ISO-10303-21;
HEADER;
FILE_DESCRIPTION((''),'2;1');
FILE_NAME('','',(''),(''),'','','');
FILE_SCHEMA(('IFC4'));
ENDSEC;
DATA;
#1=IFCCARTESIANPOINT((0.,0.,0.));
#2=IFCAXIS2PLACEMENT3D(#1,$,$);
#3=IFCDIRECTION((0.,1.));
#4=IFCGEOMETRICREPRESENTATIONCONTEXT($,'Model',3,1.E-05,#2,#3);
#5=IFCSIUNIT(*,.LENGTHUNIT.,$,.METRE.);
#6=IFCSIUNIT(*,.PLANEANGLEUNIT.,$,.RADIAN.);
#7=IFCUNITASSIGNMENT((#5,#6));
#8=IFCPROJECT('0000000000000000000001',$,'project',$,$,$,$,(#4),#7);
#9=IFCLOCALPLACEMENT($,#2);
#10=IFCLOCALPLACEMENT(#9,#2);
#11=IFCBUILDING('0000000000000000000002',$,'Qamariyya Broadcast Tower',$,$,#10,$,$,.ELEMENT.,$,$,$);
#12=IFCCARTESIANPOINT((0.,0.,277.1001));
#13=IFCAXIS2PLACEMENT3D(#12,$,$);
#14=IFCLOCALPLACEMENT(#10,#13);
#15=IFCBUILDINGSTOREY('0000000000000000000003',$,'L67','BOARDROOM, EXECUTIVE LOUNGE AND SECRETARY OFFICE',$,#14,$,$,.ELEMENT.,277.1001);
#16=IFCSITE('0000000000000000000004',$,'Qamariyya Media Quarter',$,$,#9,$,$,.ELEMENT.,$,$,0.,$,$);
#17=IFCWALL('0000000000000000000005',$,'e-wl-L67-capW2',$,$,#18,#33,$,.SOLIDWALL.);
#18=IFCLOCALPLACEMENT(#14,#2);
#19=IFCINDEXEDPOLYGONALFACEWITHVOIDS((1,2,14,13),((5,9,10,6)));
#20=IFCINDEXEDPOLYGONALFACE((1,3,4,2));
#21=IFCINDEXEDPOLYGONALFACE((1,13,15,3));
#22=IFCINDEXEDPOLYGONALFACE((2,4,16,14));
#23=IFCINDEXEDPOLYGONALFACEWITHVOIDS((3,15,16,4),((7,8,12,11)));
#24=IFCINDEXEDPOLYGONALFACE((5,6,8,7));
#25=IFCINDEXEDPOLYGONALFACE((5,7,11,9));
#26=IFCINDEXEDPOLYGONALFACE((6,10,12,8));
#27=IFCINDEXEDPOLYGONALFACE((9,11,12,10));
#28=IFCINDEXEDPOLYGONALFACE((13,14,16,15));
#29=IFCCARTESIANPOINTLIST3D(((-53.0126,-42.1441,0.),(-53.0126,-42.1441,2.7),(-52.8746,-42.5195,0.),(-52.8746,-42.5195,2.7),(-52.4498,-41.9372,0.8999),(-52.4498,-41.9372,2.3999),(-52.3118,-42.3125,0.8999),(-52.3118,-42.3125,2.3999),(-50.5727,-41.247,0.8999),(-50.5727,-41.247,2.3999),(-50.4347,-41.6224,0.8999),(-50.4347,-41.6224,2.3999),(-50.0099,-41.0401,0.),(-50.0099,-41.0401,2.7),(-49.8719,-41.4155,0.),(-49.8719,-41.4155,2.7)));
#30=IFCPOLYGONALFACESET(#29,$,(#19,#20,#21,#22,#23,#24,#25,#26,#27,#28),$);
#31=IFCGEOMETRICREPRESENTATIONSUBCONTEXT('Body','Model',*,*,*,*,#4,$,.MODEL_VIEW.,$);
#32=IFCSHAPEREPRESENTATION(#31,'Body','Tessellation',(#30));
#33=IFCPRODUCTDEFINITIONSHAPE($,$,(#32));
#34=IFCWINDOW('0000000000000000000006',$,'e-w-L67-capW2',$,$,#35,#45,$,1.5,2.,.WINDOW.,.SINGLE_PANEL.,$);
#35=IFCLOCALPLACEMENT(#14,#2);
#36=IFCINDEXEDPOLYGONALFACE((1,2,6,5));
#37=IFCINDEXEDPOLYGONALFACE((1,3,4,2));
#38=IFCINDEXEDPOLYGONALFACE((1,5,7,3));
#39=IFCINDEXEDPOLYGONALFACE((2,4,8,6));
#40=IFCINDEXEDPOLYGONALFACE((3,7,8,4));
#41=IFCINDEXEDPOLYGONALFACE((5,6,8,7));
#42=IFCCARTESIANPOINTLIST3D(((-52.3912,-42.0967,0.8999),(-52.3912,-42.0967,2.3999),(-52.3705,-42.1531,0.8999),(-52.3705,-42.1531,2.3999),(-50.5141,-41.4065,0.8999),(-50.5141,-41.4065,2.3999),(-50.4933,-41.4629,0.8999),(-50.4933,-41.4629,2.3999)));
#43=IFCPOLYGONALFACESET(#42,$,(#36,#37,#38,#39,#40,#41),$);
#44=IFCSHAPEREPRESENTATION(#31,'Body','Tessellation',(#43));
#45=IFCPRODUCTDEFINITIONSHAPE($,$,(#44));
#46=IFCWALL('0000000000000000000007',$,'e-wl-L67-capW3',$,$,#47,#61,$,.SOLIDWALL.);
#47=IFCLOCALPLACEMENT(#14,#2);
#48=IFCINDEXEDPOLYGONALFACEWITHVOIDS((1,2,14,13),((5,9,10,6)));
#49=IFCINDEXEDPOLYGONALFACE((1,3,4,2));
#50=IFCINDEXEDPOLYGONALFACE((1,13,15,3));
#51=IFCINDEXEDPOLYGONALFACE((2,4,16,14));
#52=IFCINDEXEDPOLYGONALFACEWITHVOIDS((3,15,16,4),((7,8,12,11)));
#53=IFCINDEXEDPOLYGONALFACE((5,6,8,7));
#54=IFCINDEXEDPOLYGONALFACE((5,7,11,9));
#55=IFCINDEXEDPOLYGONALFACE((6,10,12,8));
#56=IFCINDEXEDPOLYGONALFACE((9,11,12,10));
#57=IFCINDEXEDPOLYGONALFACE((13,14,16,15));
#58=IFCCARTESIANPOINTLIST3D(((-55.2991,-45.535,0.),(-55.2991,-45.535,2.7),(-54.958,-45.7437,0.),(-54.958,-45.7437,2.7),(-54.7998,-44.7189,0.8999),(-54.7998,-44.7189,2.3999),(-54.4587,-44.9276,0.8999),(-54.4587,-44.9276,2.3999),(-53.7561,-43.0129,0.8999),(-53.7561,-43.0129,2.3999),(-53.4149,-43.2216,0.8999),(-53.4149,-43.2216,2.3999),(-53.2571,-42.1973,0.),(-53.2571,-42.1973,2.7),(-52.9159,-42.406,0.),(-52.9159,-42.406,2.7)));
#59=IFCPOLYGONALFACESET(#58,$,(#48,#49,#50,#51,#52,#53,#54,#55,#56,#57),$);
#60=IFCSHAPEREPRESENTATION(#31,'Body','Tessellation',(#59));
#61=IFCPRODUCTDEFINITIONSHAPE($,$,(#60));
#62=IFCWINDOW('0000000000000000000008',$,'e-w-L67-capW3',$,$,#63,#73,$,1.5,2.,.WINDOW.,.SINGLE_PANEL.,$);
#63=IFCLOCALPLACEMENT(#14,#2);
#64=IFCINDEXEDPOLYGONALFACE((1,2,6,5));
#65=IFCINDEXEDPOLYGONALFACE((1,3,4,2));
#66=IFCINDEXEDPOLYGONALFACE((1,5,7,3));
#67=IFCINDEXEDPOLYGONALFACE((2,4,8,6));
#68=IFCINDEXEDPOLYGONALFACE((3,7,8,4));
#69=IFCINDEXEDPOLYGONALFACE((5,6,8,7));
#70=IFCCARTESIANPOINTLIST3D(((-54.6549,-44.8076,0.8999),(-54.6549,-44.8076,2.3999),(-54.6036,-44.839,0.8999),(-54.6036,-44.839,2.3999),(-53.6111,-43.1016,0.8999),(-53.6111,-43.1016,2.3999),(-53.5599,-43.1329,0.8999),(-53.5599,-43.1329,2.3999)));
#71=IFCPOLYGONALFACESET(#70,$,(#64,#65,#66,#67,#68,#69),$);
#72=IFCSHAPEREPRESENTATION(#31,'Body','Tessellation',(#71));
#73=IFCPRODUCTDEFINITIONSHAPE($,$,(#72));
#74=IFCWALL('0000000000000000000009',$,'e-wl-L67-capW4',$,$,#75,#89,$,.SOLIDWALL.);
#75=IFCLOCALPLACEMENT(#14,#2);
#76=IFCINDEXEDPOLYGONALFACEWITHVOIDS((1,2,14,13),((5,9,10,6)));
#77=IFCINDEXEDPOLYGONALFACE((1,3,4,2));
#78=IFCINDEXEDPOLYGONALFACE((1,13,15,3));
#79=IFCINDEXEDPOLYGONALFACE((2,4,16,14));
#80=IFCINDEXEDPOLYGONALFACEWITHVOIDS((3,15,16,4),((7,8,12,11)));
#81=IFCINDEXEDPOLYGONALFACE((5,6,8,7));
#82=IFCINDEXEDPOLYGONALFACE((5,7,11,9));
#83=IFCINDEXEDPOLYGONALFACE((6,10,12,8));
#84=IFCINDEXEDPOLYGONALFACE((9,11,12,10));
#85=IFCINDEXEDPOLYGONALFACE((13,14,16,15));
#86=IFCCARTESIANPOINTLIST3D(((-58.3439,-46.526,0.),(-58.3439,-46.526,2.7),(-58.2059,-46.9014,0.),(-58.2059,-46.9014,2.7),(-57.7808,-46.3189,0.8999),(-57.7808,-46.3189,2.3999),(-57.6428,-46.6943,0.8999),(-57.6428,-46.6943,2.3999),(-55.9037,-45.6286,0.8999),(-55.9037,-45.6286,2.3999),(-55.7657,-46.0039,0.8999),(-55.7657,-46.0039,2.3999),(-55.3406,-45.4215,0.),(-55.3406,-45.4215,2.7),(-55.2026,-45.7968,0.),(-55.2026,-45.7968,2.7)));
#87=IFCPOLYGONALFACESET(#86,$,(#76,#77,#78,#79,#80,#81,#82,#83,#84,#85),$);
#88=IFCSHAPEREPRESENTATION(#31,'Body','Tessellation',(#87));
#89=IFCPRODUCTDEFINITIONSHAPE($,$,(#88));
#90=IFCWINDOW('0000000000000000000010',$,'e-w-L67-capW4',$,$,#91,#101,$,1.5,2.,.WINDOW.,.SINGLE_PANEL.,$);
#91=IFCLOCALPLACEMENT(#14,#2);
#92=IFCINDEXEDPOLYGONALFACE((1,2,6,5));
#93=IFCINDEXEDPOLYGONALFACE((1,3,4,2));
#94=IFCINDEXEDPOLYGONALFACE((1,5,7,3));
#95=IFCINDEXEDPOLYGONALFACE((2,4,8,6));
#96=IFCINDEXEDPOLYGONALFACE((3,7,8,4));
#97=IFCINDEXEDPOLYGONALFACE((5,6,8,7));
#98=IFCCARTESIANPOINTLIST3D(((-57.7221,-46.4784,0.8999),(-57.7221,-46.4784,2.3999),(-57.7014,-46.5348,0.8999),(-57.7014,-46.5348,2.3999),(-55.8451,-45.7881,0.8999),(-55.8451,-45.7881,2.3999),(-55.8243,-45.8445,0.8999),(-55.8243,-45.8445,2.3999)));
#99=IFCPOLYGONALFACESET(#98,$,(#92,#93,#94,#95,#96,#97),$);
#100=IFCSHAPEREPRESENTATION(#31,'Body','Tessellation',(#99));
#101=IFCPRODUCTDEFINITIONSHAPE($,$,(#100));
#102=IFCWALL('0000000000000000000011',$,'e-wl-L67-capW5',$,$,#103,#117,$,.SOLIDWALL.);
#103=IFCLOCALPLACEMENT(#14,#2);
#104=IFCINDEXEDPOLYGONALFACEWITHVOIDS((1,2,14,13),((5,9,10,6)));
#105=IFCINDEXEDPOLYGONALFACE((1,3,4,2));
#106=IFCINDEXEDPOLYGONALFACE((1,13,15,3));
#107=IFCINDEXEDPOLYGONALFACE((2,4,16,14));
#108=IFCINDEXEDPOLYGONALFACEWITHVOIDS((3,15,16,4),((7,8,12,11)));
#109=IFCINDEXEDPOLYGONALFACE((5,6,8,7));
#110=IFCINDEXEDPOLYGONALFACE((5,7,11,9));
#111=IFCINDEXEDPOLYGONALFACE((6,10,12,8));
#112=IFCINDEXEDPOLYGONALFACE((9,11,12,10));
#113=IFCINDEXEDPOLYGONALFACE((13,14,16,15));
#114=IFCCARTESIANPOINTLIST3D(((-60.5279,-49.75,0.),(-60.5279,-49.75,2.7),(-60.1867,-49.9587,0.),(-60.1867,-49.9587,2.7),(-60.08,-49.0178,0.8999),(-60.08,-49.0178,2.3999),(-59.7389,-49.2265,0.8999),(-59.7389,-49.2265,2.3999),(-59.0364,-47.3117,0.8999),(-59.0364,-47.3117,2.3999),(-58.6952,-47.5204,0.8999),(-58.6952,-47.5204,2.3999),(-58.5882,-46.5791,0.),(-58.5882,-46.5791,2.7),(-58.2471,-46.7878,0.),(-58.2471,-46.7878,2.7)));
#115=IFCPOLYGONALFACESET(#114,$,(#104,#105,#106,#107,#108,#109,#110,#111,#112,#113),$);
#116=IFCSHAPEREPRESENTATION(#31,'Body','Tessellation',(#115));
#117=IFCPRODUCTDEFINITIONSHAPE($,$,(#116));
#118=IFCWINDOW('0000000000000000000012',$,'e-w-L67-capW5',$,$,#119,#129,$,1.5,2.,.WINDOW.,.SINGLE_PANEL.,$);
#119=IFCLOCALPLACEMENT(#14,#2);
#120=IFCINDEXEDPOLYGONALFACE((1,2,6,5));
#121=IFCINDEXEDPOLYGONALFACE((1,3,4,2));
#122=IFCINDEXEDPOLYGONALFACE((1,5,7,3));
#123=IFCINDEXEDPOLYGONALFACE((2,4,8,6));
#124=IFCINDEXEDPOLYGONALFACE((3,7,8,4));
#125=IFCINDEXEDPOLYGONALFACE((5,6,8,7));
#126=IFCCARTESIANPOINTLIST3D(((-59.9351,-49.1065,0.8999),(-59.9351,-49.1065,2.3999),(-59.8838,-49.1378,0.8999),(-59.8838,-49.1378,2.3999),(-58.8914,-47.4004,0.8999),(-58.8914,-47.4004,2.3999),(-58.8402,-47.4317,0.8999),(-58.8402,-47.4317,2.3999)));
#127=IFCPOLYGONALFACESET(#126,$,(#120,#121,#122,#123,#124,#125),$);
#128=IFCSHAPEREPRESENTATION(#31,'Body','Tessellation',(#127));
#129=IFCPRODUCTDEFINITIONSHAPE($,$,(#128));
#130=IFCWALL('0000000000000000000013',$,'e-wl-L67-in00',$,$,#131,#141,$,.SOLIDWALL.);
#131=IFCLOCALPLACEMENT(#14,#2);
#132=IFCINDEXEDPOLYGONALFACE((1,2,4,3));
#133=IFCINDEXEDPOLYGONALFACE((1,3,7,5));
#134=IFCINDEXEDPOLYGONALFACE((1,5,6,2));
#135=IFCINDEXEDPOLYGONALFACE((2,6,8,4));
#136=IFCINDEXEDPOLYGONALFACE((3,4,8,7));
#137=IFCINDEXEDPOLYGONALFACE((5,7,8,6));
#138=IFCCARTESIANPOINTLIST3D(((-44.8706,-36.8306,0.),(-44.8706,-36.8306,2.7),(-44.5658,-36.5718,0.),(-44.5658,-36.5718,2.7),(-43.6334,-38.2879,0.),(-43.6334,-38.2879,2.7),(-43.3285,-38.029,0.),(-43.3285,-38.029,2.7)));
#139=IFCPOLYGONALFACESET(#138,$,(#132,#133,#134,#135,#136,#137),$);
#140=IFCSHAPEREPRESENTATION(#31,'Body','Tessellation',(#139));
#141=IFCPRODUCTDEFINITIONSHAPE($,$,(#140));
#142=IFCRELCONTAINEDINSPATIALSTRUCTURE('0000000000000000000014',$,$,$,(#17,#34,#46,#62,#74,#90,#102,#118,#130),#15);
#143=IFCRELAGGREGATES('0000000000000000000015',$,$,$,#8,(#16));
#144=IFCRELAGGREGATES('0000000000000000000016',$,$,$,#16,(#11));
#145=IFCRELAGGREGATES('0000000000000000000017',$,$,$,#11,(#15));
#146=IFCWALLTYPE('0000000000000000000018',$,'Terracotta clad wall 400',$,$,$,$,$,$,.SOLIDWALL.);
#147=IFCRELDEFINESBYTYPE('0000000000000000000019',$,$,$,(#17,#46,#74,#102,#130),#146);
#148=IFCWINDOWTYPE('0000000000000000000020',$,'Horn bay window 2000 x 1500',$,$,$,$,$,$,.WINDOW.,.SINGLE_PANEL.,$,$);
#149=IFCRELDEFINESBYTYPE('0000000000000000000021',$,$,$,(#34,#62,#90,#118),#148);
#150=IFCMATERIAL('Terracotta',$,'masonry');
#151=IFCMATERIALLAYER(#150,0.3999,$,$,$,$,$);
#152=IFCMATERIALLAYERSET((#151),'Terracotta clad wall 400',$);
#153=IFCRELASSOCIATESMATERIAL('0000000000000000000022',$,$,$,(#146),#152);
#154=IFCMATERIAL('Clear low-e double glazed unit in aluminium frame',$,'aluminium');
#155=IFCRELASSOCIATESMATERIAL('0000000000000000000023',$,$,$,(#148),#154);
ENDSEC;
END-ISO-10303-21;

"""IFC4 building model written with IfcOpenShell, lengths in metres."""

from ifc_helpers import new_model, si_unit, direction, frame, frame_2d, origin, place, context, subcontext, project, spatial, rectangle, extrude, material, layer, layer_set, type_object, element, fill, save


model = new_model("IFC4")

# Units and contexts
model_context = context("Model", 3, precision=1e-05, world=origin(), true_north=direction((0.0, 1.0)))
body_context = subcontext(model_context, "Body", "Model", "MODEL_VIEW")
ifc_project = project(units=[si_unit("LENGTHUNIT", "METRE"), si_unit("PLANEANGLEUNIT", "RADIAN")], contexts=[model_context])

# Site, building, storey
site_placement = place(None, origin())
site = spatial("IfcSite", under=ifc_project, at=site_placement, Name="Qamariyya Media Quarter", CompositionType="ELEMENT", RefElevation=0.0)
building_placement = place(site_placement, origin())
building = spatial("IfcBuilding", under=site, at=building_placement, Name="Qamariyya Broadcast Tower", CompositionType="ELEMENT")
storey_placement = place(building_placement, frame((0.0, 0.0, 277.1001)))
storey = spatial("IfcBuildingStorey", under=building, at=storey_placement, Name="L67", Description="BOARDROOM, EXECUTIVE LOUNGE AND SECRETARY OFFICE", CompositionType="ELEMENT", Elevation=277.1001)

# Walls, openings, windows
ifc_material_1 = material(Name="Terracotta", Category="masonry")
ifc_layer = layer(ifc_material_1, 0.3999)
ifc_layer_set = layer_set([ifc_layer], Name="Terracotta clad wall 400")
wall_type = type_object("IfcWallType", Name="Terracotta clad wall 400", PredefinedType="SOLIDWALL", material=ifc_layer_set)
ifc_material_2 = material(Name="Clear low-e double glazed unit in aluminium frame", Category="aluminium")
window_type = type_object("IfcWindowType", Name="Horn bay window 2000 x 1500", PartitioningType="SINGLE_PANEL", PredefinedType="WINDOW", material=ifc_material_2)
wall_1_placement = place(storey_placement, frame((-49.9409, -41.2278, 0.0), z_axis=(0.0, 0.0, 1.0), x_axis=(-0.938571, -0.345086, 0.0)))
wall_1 = element("IfcWall", 1, at=wall_1_placement, inside=storey, type_object=wall_type, Name="e-wl-L67-capW2", PredefinedType="SOLIDWALL", context=body_context, shape_type="SweptSolid", body=[
    extrude(rectangle(XDim=3.1992, YDim=0.3999, at=frame_2d((1.5996, 0.0))), origin(), (0.0, 0.0, 1.0), 2.7),
])
opening_1_placement = place(wall_1_placement, frame((0.5996, 0.0, 0.8999)))
opening_1 = element("IfcOpeningElement", 2, at=opening_1_placement, cuts=wall_1, PredefinedType="OPENING", context=body_context, shape_type="SweptSolid", body=[
    extrude(rectangle(XDim=2.0, YDim=1.5, at=frame_2d((1.0, 0.75))), frame((0.0, 0.21, 0.0), z_axis=(0.0, -1.0, 0.0), x_axis=(1.0, 0.0, 0.0)), (0.0, 0.0, 1.0), 0.4199),
])
window_1_placement = place(opening_1_placement, origin())
window_1 = element("IfcWindow", 3, at=window_1_placement, inside=storey, type_object=window_type, Name="e-w-L67-capW2", OverallHeight=1.5, OverallWidth=2.0, PartitioningType="SINGLE_PANEL", PredefinedType="WINDOW", context=body_context, shape_type="SweptSolid", body=[
    extrude(rectangle(XDim=2.0, YDim=1.5, at=frame_2d((1.0, 0.75))), frame((0.0, 0.03, 0.0), z_axis=(0.0, -1.0, 0.0), x_axis=(1.0, 0.0, 0.0)), (0.0, 0.0, 1.0), 0.0601),
])
fill(opening_1, window_1)
wall_2_placement = place(storey_placement, frame((-53.0864, -42.3015, 0.0), z_axis=(0.0, 0.0, 1.0), x_axis=(-0.521882, -0.853018, 0.0)))
wall_2 = element("IfcWall", 4, at=wall_2_placement, inside=storey, type_object=wall_type, Name="e-wl-L67-capW3", PredefinedType="SOLIDWALL", context=body_context, shape_type="SweptSolid", body=[
    extrude(rectangle(XDim=3.9128, YDim=0.3999, at=frame_2d((1.9565, 0.0))), origin(), (0.0, 0.0, 1.0), 2.7),
])
opening_2_placement = place(wall_2_placement, frame((0.9563, 0.0, 0.8999)))
opening_2 = element("IfcOpeningElement", 5, at=opening_2_placement, cuts=wall_2, PredefinedType="OPENING", context=body_context, shape_type="SweptSolid", body=[
    extrude(rectangle(XDim=2.0, YDim=1.5, at=frame_2d((1.0, 0.75))), frame((0.0, 0.21, 0.0), z_axis=(0.0, -1.0, 0.0), x_axis=(1.0, 0.0, 0.0)), (0.0, 0.0, 1.0), 0.4199),
])
window_2_placement = place(opening_2_placement, origin())
window_2 = element("IfcWindow", 6, at=window_2_placement, inside=storey, type_object=window_type, Name="e-w-L67-capW3", OverallHeight=1.5, OverallWidth=2.0, PartitioningType="SINGLE_PANEL", PredefinedType="WINDOW", context=body_context, shape_type="SweptSolid", body=[
    extrude(rectangle(XDim=2.0, YDim=1.5, at=frame_2d((1.0, 0.75))), frame((0.0, 0.03, 0.0), z_axis=(0.0, -1.0, 0.0), x_axis=(1.0, 0.0, 0.0)), (0.0, 0.0, 1.0), 0.0601),
])
fill(opening_2, window_2)
wall_3_placement = place(storey_placement, frame((-55.2715, -45.6091, 0.0), z_axis=(0.0, 0.0, 1.0), x_axis=(-0.93854, -0.345171, 0.0)))
wall_3 = element("IfcWall", 7, at=wall_3_placement, inside=storey, type_object=wall_type, Name="e-wl-L67-capW4", PredefinedType="SOLIDWALL", context=body_context, shape_type="SweptSolid", body=[
    extrude(rectangle(XDim=3.2, YDim=0.3999, at=frame_2d((1.6001, 0.0))), origin(), (0.0, 0.0, 1.0), 2.7),
])
opening_3_placement = place(wall_3_placement, frame((0.6001, 0.0, 0.8999)))
opening_3 = element("IfcOpeningElement", 8, at=opening_3_placement, cuts=wall_3, PredefinedType="OPENING", context=body_context, shape_type="SweptSolid", body=[
    extrude(rectangle(XDim=2.0, YDim=1.5, at=frame_2d((1.0, 0.75))), frame((0.0, 0.21, 0.0), z_axis=(0.0, -1.0, 0.0), x_axis=(1.0, 0.0, 0.0)), (0.0, 0.0, 1.0), 0.4199),
])
window_3_placement = place(opening_3_placement, origin())
window_3 = element("IfcWindow", 9, at=window_3_placement, inside=storey, type_object=window_type, Name="e-w-L67-capW4", OverallHeight=1.5, OverallWidth=2.0, PartitioningType="SINGLE_PANEL", PredefinedType="WINDOW", context=body_context, shape_type="SweptSolid", body=[
    extrude(rectangle(XDim=2.0, YDim=1.5, at=frame_2d((1.0, 0.75))), frame((0.0, 0.03, 0.0), z_axis=(0.0, -1.0, 0.0), x_axis=(1.0, 0.0, 0.0)), (0.0, 0.0, 1.0), 0.0601),
])
fill(opening_3, window_3)
wall_4_placement = place(storey_placement, frame((-58.4177, -46.6836, 0.0), z_axis=(0.0, 0.0, 1.0), x_axis=(-0.521827, -0.853051, 0.0)))
wall_4 = element("IfcWall", 10, at=wall_4_placement, inside=storey, type_object=wall_type, Name="e-wl-L67-capW5", PredefinedType="SOLIDWALL", context=body_context, shape_type="SweptSolid", body=[
    extrude(rectangle(XDim=3.717, YDim=0.3999, at=frame_2d((1.8584, 0.0))), origin(), (0.0, 0.0, 1.0), 2.7),
])
opening_4_placement = place(wall_4_placement, frame((0.8586, 0.0, 0.8999)))
opening_4 = element("IfcOpeningElement", 11, at=opening_4_placement, cuts=wall_4, PredefinedType="OPENING", context=body_context, shape_type="SweptSolid", body=[
    extrude(rectangle(XDim=2.0, YDim=1.5, at=frame_2d((1.0, 0.75))), frame((0.0, 0.21, 0.0), z_axis=(0.0, -1.0, 0.0), x_axis=(1.0, 0.0, 0.0)), (0.0, 0.0, 1.0), 0.4199),
])
window_4_placement = place(opening_4_placement, origin())
window_4 = element("IfcWindow", 12, at=window_4_placement, inside=storey, type_object=window_type, Name="e-w-L67-capW5", OverallHeight=1.5, OverallWidth=2.0, PartitioningType="SINGLE_PANEL", PredefinedType="WINDOW", context=body_context, shape_type="SweptSolid", body=[
    extrude(rectangle(XDim=2.0, YDim=1.5, at=frame_2d((1.0, 0.75))), frame((0.0, 0.03, 0.0), z_axis=(0.0, -1.0, 0.0), x_axis=(1.0, 0.0, 0.0)), (0.0, 0.0, 1.0), 0.0601),
])
fill(opening_4, window_4)

# Wall
wall_5_placement = place(storey_placement, frame((-43.481, -38.1584, 0.0), z_axis=(0.0, 0.0, 1.0), x_axis=(-0.647229, 0.762295, 0.0)))
element("IfcWall", 13, at=wall_5_placement, inside=storey, type_object=wall_type, Name="e-wl-L67-in00", PredefinedType="SOLIDWALL", context=body_context, shape_type="SweptSolid", body=[
    extrude(rectangle(XDim=1.9116, YDim=0.3999, at=frame_2d((0.9558, 0.0))), origin(), (0.0, 0.0, 1.0), 2.7),
])

save(model, "model.ifc")
